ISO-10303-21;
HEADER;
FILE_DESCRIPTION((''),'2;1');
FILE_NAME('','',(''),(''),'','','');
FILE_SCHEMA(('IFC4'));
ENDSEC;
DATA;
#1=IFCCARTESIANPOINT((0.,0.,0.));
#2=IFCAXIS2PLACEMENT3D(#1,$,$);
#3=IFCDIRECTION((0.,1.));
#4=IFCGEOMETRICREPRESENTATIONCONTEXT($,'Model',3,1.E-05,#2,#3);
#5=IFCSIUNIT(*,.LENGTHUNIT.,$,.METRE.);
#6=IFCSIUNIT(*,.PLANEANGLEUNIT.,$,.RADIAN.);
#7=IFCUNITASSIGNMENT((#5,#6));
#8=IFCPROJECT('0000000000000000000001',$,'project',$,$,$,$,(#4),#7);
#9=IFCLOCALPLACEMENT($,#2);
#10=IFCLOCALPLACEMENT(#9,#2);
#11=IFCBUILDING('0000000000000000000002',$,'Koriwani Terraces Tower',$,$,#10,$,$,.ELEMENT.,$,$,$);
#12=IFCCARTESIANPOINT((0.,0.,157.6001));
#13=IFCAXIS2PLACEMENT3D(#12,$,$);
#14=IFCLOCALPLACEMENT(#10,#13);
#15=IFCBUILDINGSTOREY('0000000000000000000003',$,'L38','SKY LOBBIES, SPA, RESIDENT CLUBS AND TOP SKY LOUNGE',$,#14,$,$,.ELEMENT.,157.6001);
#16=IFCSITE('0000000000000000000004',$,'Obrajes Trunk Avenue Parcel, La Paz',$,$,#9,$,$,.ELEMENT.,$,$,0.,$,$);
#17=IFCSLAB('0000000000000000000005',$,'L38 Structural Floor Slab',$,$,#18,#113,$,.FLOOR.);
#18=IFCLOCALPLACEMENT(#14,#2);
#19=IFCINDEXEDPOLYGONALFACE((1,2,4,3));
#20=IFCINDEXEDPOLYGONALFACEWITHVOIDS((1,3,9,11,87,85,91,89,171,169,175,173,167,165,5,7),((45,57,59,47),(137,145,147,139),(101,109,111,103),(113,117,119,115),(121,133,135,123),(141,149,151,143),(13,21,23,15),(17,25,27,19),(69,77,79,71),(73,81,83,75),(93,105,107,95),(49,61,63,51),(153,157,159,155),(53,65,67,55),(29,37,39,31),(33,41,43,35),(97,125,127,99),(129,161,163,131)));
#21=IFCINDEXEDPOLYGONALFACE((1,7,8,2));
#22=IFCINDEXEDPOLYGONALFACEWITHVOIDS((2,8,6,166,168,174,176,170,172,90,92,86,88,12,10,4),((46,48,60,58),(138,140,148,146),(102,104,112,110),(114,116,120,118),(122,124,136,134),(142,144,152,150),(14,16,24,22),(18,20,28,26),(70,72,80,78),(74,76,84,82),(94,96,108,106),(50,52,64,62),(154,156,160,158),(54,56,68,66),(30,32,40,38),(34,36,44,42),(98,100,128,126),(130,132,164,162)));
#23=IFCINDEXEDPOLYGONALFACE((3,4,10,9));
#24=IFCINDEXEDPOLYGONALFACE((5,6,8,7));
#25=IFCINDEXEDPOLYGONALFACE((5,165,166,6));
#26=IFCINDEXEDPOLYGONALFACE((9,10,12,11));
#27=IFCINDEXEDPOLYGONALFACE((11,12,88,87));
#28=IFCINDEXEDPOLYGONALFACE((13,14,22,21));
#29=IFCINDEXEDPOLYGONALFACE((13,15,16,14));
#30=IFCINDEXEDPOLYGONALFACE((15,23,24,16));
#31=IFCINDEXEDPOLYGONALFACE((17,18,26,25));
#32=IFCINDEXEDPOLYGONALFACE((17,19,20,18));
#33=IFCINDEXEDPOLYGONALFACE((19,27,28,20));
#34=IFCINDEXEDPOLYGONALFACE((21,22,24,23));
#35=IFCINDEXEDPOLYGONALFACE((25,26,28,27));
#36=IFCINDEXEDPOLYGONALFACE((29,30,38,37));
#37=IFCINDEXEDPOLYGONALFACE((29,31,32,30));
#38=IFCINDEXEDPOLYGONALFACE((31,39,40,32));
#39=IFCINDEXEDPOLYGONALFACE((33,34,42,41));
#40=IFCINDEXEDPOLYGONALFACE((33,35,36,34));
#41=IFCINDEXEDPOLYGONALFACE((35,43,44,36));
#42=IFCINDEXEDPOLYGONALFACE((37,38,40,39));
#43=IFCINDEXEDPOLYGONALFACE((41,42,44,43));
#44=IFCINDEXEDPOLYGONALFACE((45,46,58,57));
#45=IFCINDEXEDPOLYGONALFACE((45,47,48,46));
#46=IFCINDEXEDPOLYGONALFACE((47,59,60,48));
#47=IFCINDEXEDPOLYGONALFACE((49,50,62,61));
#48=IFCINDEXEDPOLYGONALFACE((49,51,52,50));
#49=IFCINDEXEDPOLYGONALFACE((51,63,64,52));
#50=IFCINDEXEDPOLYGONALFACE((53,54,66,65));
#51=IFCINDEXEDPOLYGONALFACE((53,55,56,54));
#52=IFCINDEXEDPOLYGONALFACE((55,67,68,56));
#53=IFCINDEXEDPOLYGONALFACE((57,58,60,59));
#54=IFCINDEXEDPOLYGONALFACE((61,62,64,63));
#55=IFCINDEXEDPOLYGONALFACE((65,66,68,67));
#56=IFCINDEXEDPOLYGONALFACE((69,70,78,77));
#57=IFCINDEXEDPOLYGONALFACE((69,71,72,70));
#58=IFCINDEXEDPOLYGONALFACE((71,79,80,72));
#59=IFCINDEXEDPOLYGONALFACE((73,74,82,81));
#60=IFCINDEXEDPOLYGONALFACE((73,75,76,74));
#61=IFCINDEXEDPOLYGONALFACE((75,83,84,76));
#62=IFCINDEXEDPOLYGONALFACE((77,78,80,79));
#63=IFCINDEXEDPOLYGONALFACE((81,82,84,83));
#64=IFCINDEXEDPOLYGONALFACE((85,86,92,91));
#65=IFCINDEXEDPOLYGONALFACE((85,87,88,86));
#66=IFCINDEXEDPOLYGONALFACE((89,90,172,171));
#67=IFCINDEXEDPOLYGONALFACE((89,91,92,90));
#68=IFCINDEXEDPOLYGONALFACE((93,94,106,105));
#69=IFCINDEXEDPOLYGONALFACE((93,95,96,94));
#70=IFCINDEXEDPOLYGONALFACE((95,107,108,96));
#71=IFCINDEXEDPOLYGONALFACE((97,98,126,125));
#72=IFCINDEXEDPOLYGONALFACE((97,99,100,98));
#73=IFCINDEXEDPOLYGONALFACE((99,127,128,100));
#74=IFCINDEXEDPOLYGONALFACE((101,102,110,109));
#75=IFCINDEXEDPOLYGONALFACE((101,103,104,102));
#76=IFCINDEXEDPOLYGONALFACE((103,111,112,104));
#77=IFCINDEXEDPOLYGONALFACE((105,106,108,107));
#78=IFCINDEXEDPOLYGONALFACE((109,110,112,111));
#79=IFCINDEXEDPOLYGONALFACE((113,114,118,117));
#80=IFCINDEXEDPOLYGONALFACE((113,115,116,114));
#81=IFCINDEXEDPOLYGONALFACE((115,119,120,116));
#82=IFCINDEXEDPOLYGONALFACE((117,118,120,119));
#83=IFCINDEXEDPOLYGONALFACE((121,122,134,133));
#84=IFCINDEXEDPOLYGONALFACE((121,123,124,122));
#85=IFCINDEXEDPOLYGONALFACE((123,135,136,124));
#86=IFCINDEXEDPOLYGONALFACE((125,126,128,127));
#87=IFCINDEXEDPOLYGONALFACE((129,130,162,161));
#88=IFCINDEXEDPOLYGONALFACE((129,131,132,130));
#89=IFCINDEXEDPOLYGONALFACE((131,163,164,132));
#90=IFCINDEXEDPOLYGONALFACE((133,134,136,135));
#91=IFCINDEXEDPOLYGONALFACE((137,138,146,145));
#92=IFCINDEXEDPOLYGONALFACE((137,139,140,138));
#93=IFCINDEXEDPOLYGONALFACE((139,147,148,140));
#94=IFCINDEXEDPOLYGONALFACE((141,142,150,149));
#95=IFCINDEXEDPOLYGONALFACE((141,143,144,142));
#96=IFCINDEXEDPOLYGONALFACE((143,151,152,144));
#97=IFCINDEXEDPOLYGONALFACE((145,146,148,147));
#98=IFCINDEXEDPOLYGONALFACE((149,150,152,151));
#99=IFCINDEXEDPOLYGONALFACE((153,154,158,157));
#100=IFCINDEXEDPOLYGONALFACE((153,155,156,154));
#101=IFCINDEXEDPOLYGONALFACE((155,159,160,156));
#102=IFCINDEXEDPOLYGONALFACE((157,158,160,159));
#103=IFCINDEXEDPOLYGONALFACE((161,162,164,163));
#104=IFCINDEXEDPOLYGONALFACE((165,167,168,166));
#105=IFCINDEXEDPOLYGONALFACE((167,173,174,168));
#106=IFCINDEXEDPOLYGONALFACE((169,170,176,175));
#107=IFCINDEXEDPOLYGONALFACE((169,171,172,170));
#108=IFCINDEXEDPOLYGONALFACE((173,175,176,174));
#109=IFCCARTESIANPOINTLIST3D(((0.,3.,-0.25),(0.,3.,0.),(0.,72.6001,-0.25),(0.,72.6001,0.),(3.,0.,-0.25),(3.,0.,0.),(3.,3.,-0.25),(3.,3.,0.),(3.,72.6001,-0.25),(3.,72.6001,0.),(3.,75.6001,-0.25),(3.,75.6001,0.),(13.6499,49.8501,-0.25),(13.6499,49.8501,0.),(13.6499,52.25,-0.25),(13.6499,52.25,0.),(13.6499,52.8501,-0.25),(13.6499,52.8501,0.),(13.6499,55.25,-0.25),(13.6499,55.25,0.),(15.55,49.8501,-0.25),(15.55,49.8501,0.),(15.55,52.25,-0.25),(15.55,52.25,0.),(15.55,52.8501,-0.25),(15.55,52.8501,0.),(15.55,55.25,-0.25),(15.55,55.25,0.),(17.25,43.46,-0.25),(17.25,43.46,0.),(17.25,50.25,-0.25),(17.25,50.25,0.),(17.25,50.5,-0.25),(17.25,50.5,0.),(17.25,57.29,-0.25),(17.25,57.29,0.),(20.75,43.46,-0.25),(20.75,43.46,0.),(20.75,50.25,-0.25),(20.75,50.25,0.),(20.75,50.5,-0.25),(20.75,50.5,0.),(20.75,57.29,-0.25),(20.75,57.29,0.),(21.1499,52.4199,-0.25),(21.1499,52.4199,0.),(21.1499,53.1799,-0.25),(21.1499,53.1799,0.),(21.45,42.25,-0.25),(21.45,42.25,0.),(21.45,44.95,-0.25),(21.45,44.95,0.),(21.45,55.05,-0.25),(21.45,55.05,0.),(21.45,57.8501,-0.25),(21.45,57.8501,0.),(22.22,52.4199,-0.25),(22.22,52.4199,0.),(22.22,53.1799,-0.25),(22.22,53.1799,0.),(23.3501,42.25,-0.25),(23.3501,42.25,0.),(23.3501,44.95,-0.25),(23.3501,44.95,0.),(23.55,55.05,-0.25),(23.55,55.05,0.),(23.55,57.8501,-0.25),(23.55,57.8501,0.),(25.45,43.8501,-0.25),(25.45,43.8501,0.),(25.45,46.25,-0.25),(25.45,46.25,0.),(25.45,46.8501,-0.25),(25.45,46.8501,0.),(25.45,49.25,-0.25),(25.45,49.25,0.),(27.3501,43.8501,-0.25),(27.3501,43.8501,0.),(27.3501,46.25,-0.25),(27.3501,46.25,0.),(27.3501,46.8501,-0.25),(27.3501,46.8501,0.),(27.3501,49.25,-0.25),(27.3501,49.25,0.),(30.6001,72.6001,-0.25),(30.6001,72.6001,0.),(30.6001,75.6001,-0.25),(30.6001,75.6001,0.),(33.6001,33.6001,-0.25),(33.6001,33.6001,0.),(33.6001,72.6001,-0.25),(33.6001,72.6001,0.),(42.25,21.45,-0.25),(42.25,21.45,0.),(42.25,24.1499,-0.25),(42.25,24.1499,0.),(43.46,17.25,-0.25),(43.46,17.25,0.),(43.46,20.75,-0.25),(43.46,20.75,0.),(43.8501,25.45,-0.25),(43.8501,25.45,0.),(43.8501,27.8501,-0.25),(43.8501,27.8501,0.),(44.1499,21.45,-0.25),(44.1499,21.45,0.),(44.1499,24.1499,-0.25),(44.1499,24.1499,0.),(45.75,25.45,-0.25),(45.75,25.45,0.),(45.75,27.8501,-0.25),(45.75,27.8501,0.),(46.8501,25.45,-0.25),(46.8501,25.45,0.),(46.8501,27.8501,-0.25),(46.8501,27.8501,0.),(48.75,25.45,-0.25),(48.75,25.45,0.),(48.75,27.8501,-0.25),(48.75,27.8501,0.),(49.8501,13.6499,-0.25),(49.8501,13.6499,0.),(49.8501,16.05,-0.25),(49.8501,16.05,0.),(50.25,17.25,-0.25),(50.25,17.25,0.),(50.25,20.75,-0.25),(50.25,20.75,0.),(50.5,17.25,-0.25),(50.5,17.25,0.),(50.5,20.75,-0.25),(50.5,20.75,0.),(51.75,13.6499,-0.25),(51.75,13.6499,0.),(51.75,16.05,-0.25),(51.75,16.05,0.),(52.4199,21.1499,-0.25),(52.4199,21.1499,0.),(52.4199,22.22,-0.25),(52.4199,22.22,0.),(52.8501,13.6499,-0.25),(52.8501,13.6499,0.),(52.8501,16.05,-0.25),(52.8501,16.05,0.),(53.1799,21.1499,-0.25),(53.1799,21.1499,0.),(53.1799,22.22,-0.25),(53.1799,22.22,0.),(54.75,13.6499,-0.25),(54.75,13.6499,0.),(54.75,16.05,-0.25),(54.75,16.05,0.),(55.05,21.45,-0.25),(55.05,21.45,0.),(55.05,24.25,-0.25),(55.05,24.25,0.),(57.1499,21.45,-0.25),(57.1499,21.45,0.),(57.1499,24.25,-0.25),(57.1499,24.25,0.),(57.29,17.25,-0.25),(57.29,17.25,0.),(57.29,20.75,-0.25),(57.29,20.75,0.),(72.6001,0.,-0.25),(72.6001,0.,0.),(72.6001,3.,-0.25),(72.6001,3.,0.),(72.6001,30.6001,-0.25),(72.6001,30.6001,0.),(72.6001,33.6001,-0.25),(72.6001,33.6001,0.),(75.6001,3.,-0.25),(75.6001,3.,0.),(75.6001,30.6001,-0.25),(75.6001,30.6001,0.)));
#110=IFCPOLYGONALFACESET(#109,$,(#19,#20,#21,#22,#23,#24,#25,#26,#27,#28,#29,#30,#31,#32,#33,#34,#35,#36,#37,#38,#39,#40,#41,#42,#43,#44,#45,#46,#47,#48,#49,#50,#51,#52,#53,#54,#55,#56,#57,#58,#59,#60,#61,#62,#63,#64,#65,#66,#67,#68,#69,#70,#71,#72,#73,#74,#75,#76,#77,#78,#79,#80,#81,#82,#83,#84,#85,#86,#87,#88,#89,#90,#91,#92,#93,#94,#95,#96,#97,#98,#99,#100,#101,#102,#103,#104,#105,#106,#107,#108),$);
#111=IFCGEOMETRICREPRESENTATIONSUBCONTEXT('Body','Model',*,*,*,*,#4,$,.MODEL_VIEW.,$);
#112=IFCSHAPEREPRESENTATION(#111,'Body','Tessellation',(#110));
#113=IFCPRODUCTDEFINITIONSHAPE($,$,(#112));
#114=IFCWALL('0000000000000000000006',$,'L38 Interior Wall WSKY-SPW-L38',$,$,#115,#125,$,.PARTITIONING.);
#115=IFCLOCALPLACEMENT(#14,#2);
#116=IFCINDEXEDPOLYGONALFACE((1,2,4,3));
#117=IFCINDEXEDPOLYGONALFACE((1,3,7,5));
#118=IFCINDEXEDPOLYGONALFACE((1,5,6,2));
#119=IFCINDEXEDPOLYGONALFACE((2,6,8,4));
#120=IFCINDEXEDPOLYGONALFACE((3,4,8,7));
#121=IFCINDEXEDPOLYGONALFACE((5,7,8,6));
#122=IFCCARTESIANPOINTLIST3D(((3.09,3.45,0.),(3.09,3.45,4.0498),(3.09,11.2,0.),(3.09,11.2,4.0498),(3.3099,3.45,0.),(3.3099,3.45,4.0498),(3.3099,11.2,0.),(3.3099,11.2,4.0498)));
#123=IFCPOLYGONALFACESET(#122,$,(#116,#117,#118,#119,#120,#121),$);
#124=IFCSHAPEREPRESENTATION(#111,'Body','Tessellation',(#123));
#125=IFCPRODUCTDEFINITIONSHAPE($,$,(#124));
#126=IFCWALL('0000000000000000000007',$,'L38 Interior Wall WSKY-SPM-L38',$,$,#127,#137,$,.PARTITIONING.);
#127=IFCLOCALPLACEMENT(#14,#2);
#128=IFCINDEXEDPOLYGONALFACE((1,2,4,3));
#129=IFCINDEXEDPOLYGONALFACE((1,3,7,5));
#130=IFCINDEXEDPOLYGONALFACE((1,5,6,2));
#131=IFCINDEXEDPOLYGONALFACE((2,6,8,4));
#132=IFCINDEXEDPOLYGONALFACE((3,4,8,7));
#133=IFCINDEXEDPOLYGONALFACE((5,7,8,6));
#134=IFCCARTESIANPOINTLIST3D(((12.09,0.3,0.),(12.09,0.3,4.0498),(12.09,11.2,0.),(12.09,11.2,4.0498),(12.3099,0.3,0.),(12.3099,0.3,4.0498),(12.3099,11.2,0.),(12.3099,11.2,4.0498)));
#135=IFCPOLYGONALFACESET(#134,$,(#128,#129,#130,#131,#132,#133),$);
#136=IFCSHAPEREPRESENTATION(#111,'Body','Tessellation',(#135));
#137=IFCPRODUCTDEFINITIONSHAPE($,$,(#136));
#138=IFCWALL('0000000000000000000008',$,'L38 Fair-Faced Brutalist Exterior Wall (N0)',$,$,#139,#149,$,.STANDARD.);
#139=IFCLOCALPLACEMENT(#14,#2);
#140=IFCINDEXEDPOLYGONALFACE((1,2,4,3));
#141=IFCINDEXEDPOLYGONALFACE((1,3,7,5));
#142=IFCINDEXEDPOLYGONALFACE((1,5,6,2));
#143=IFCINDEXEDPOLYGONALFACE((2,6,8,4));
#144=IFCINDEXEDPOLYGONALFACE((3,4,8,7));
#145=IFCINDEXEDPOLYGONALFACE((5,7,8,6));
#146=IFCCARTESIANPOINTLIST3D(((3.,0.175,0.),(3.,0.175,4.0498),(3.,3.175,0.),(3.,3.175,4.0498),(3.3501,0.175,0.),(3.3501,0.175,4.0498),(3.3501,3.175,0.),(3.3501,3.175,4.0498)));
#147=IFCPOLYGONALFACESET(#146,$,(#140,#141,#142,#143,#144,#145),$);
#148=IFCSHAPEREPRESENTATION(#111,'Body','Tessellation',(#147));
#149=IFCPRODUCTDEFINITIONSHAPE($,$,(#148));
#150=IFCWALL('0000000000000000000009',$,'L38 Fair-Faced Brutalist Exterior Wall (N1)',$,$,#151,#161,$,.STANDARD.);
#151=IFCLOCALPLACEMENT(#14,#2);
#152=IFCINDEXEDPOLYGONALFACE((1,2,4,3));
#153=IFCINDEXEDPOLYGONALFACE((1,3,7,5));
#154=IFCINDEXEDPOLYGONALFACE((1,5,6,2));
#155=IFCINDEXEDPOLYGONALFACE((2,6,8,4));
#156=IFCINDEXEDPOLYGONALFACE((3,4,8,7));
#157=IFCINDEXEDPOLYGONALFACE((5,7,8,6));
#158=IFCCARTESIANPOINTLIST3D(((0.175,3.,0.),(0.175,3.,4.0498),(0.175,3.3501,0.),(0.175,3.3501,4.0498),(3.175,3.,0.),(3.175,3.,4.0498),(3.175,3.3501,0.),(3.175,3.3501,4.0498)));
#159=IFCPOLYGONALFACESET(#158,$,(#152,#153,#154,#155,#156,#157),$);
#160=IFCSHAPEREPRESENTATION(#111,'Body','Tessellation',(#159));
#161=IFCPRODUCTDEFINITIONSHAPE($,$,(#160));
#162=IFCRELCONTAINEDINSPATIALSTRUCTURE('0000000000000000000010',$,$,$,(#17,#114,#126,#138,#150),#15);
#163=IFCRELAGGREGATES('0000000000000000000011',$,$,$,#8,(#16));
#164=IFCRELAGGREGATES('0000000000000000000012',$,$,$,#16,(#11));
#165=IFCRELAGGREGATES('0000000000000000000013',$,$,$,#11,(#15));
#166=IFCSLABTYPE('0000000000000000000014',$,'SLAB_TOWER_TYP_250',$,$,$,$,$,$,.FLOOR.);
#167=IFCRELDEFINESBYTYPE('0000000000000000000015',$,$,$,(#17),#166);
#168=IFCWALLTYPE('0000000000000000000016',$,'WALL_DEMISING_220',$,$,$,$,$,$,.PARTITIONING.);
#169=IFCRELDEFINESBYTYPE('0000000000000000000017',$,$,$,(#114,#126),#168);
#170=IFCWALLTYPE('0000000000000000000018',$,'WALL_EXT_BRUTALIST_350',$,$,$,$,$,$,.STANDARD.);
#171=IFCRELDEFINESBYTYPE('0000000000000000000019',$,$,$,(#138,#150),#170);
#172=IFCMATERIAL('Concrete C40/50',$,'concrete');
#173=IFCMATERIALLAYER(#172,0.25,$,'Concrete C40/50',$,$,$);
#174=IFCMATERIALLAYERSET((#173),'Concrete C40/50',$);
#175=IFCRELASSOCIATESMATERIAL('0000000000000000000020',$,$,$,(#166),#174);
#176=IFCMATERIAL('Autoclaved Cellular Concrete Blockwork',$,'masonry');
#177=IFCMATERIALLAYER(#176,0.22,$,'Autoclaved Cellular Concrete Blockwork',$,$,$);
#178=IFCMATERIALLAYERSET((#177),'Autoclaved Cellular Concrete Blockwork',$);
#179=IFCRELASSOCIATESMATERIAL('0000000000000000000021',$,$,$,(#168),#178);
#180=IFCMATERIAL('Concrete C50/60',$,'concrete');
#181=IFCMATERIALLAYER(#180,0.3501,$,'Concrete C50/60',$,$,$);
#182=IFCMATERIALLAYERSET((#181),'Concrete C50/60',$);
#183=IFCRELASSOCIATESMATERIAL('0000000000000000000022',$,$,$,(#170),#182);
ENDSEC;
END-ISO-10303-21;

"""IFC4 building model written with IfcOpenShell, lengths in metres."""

from ifc_helpers import new_model, si_unit, direction, frame, frame_2d, origin, place, context, subcontext, project, spatial, polyline, rectangle, outline, extrude, material, layer, layer_set, type_object, element, save


model = new_model("IFC4")

# Units and contexts
model_context = context("Model", 3, precision=1e-05, world=origin(), true_north=direction((0.0, 1.0)))
body_context = subcontext(model_context, "Body", "Model", "MODEL_VIEW")
ifc_project = project(units=[si_unit("LENGTHUNIT", "METRE"), si_unit("PLANEANGLEUNIT", "RADIAN")], contexts=[model_context])

# Site, building, storey
site_placement = place(None, origin())
site = spatial("IfcSite", under=ifc_project, at=site_placement, Name="Obrajes Trunk Avenue Parcel, La Paz", CompositionType="ELEMENT", RefElevation=0.0)
building_placement = place(site_placement, origin())
building = spatial("IfcBuilding", under=site, at=building_placement, Name="Koriwani Terraces Tower", CompositionType="ELEMENT")
storey_placement = place(building_placement, frame((0.0, 0.0, 157.6001)))
storey = spatial("IfcBuildingStorey", under=building, at=storey_placement, Name="L38", Description="SKY LOBBIES, SPA, RESIDENT CLUBS AND TOP SKY LOUNGE", CompositionType="ELEMENT", Elevation=157.6001)

# Shared definitions
ifc_material_1 = material(Name="Concrete C50/60", Category="concrete")

# Shared definitions
ifc_material_2 = material(Name="Concrete C40/50", Category="concrete")

# Slab
ifc_layer_1 = layer(ifc_material_2, 0.25, Name="Concrete C40/50")
ifc_layer_set_1 = layer_set([ifc_layer_1], Name="Concrete C40/50")
slab_type_1 = type_object("IfcSlabType", Name="SLAB_TOWER_TYP_250", PredefinedType="FLOOR", material=ifc_layer_set_1)
slab_1_placement = place(storey_placement, frame((0.0, 0.0, -0.25)))
element("IfcSlab", 1, at=slab_1_placement, inside=storey, type_object=slab_type_1, Name="L38 Structural Floor Slab", PredefinedType="FLOOR", context=body_context, shape_type="SweptSolid", body=[
    extrude(outline(polyline([(3.0, 0.0), (72.6001, 0.0), (72.6001, 3.0), (75.6001, 3.0), (75.6001, 30.6001), (72.6001, 30.6001), (72.6001, 33.6001), (33.6001, 33.6001), (33.6001, 72.6001), (30.6001, 72.6001), (30.6001, 75.6001), (3.0, 75.6001), (3.0, 72.6001), (0.0, 72.6001), (0.0, 3.0), (3.0, 3.0), (3.0, 0.0)]), holes=[polyline([(17.25, 43.46), (20.75, 43.46), (20.75, 50.25), (17.25, 50.25), (17.25, 43.46)]), polyline([(17.25, 50.5), (20.75, 50.5), (20.75, 57.29), (17.25, 57.29), (17.25, 50.5)]), polyline([(43.46, 17.25), (50.25, 17.25), (50.25, 20.75), (43.46, 20.75), (43.46, 17.25)]), polyline([(50.5, 17.25), (57.29, 17.25), (57.29, 20.75), (50.5, 20.75), (50.5, 17.25)]), polyline([(13.6499, 49.8501), (15.55, 49.8501), (15.55, 52.25), (13.6499, 52.25), (13.6499, 49.8501)]), polyline([(13.6499, 52.8501), (15.55, 52.8501), (15.55, 55.25), (13.6499, 55.25), (13.6499, 52.8501)]), polyline([(49.8501, 13.6499), (51.75, 13.6499), (51.75, 16.05), (49.8501, 16.05), (49.8501, 13.6499)]), polyline([(52.8501, 13.6499), (54.75, 13.6499), (54.75, 16.05), (52.8501, 16.05), (52.8501, 13.6499)]), polyline([(25.45, 43.8501), (27.3501, 43.8501), (27.3501, 46.25), (25.45, 46.25), (25.45, 43.8501)]), polyline([(25.45, 46.8501), (27.3501, 46.8501), (27.3501, 49.25), (25.45, 49.25), (25.45, 46.8501)]), polyline([(43.8501, 25.45), (45.75, 25.45), (45.75, 27.8501), (43.8501, 27.8501), (43.8501, 25.45)]), polyline([(46.8501, 25.45), (48.75, 25.45), (48.75, 27.8501), (46.8501, 27.8501), (46.8501, 25.45)]), polyline([(21.45, 55.05), (23.55, 55.05), (23.55, 57.8501), (21.45, 57.8501), (21.45, 55.05)]), polyline([(55.05, 21.45), (57.1499, 21.45), (57.1499, 24.25), (55.05, 24.25), (55.05, 21.45)]), polyline([(21.45, 42.25), (23.3501, 42.25), (23.3501, 44.95), (21.45, 44.95), (21.45, 42.25)]), polyline([(42.25, 21.45), (44.1499, 21.45), (44.1499, 24.1499), (42.25, 24.1499), (42.25, 21.45)]), polyline([(21.1499, 52.4199), (22.22, 52.4199), (22.22, 53.1799), (21.1499, 53.1799), (21.1499, 52.4199)]), polyline([(52.4199, 21.1499), (53.1799, 21.1499), (53.1799, 22.22), (52.4199, 22.22), (52.4199, 21.1499)])]), origin(), (0.0, 0.0, 1.0), 0.25),
])

# Walls
ifc_material_3 = material(Name="Autoclaved Cellular Concrete Blockwork", Category="masonry")
ifc_layer_2 = layer(ifc_material_3, 0.22, Name="Autoclaved Cellular Concrete Blockwork")
ifc_layer_set_2 = layer_set([ifc_layer_2], Name="Autoclaved Cellular Concrete Blockwork")
wall_type_1 = type_object("IfcWallType", Name="WALL_DEMISING_220", PredefinedType="PARTITIONING", material=ifc_layer_set_2)
wall_1_placement = place(storey_placement, frame((3.2, 3.45, 0.0), z_axis=(0.0, 0.0, 1.0), x_axis=(0.0, 1.0, 0.0)))
element("IfcWall", 2, at=wall_1_placement, inside=storey, type_object=wall_type_1, Name="L38 Interior Wall WSKY-SPW-L38", PredefinedType="PARTITIONING", context=body_context, shape_type="SweptSolid", body=[
    extrude(rectangle(XDim=7.75, YDim=0.22, at=frame_2d((3.875, 0.0))), origin(), (0.0, 0.0, 1.0), 4.0498),
])
wall_2_placement = place(storey_placement, frame((12.2, 0.3, 0.0), z_axis=(0.0, 0.0, 1.0), x_axis=(0.0, 1.0, 0.0)))
element("IfcWall", 3, at=wall_2_placement, inside=storey, type_object=wall_type_1, Name="L38 Interior Wall WSKY-SPM-L38", PredefinedType="PARTITIONING", context=body_context, shape_type="SweptSolid", body=[
    extrude(rectangle(XDim=10.8999, YDim=0.22, at=frame_2d((5.45, 0.0))), origin(), (0.0, 0.0, 1.0), 4.0498),
])
ifc_layer_3 = layer(ifc_material_1, 0.3501, Name="Concrete C50/60")
ifc_layer_set_3 = layer_set([ifc_layer_3], Name="Concrete C50/60")
wall_type_2 = type_object("IfcWallType", Name="WALL_EXT_BRUTALIST_350", PredefinedType="STANDARD", material=ifc_layer_set_3)
for number, where, z_axis, x_axis, name in (
    (4, (3.175, 0.175, 0.0), (0.0, 0.0, 1.0), (0.0, 1.0, 0.0), "L38 Fair-Faced Brutalist Exterior Wall (N0)"),
    (5, (3.175, 3.175, 0.0), (0.0, 0.0, 1.0), (-1.0, 0.0, 0.0), "L38 Fair-Faced Brutalist Exterior Wall (N1)"),
):
    element("IfcWall", number, at=place(storey_placement, frame(where, z_axis=z_axis, x_axis=x_axis)), inside=storey, type_object=wall_type_2, Name=name, PredefinedType="STANDARD", context=body_context, shape_type="SweptSolid", body=[
        extrude(rectangle(XDim=3.0, YDim=0.3501, at=frame_2d((1.5, 0.0))), origin(), (0.0, 0.0, 1.0), 4.0498),
    ])

save(model, "model.ifc")
